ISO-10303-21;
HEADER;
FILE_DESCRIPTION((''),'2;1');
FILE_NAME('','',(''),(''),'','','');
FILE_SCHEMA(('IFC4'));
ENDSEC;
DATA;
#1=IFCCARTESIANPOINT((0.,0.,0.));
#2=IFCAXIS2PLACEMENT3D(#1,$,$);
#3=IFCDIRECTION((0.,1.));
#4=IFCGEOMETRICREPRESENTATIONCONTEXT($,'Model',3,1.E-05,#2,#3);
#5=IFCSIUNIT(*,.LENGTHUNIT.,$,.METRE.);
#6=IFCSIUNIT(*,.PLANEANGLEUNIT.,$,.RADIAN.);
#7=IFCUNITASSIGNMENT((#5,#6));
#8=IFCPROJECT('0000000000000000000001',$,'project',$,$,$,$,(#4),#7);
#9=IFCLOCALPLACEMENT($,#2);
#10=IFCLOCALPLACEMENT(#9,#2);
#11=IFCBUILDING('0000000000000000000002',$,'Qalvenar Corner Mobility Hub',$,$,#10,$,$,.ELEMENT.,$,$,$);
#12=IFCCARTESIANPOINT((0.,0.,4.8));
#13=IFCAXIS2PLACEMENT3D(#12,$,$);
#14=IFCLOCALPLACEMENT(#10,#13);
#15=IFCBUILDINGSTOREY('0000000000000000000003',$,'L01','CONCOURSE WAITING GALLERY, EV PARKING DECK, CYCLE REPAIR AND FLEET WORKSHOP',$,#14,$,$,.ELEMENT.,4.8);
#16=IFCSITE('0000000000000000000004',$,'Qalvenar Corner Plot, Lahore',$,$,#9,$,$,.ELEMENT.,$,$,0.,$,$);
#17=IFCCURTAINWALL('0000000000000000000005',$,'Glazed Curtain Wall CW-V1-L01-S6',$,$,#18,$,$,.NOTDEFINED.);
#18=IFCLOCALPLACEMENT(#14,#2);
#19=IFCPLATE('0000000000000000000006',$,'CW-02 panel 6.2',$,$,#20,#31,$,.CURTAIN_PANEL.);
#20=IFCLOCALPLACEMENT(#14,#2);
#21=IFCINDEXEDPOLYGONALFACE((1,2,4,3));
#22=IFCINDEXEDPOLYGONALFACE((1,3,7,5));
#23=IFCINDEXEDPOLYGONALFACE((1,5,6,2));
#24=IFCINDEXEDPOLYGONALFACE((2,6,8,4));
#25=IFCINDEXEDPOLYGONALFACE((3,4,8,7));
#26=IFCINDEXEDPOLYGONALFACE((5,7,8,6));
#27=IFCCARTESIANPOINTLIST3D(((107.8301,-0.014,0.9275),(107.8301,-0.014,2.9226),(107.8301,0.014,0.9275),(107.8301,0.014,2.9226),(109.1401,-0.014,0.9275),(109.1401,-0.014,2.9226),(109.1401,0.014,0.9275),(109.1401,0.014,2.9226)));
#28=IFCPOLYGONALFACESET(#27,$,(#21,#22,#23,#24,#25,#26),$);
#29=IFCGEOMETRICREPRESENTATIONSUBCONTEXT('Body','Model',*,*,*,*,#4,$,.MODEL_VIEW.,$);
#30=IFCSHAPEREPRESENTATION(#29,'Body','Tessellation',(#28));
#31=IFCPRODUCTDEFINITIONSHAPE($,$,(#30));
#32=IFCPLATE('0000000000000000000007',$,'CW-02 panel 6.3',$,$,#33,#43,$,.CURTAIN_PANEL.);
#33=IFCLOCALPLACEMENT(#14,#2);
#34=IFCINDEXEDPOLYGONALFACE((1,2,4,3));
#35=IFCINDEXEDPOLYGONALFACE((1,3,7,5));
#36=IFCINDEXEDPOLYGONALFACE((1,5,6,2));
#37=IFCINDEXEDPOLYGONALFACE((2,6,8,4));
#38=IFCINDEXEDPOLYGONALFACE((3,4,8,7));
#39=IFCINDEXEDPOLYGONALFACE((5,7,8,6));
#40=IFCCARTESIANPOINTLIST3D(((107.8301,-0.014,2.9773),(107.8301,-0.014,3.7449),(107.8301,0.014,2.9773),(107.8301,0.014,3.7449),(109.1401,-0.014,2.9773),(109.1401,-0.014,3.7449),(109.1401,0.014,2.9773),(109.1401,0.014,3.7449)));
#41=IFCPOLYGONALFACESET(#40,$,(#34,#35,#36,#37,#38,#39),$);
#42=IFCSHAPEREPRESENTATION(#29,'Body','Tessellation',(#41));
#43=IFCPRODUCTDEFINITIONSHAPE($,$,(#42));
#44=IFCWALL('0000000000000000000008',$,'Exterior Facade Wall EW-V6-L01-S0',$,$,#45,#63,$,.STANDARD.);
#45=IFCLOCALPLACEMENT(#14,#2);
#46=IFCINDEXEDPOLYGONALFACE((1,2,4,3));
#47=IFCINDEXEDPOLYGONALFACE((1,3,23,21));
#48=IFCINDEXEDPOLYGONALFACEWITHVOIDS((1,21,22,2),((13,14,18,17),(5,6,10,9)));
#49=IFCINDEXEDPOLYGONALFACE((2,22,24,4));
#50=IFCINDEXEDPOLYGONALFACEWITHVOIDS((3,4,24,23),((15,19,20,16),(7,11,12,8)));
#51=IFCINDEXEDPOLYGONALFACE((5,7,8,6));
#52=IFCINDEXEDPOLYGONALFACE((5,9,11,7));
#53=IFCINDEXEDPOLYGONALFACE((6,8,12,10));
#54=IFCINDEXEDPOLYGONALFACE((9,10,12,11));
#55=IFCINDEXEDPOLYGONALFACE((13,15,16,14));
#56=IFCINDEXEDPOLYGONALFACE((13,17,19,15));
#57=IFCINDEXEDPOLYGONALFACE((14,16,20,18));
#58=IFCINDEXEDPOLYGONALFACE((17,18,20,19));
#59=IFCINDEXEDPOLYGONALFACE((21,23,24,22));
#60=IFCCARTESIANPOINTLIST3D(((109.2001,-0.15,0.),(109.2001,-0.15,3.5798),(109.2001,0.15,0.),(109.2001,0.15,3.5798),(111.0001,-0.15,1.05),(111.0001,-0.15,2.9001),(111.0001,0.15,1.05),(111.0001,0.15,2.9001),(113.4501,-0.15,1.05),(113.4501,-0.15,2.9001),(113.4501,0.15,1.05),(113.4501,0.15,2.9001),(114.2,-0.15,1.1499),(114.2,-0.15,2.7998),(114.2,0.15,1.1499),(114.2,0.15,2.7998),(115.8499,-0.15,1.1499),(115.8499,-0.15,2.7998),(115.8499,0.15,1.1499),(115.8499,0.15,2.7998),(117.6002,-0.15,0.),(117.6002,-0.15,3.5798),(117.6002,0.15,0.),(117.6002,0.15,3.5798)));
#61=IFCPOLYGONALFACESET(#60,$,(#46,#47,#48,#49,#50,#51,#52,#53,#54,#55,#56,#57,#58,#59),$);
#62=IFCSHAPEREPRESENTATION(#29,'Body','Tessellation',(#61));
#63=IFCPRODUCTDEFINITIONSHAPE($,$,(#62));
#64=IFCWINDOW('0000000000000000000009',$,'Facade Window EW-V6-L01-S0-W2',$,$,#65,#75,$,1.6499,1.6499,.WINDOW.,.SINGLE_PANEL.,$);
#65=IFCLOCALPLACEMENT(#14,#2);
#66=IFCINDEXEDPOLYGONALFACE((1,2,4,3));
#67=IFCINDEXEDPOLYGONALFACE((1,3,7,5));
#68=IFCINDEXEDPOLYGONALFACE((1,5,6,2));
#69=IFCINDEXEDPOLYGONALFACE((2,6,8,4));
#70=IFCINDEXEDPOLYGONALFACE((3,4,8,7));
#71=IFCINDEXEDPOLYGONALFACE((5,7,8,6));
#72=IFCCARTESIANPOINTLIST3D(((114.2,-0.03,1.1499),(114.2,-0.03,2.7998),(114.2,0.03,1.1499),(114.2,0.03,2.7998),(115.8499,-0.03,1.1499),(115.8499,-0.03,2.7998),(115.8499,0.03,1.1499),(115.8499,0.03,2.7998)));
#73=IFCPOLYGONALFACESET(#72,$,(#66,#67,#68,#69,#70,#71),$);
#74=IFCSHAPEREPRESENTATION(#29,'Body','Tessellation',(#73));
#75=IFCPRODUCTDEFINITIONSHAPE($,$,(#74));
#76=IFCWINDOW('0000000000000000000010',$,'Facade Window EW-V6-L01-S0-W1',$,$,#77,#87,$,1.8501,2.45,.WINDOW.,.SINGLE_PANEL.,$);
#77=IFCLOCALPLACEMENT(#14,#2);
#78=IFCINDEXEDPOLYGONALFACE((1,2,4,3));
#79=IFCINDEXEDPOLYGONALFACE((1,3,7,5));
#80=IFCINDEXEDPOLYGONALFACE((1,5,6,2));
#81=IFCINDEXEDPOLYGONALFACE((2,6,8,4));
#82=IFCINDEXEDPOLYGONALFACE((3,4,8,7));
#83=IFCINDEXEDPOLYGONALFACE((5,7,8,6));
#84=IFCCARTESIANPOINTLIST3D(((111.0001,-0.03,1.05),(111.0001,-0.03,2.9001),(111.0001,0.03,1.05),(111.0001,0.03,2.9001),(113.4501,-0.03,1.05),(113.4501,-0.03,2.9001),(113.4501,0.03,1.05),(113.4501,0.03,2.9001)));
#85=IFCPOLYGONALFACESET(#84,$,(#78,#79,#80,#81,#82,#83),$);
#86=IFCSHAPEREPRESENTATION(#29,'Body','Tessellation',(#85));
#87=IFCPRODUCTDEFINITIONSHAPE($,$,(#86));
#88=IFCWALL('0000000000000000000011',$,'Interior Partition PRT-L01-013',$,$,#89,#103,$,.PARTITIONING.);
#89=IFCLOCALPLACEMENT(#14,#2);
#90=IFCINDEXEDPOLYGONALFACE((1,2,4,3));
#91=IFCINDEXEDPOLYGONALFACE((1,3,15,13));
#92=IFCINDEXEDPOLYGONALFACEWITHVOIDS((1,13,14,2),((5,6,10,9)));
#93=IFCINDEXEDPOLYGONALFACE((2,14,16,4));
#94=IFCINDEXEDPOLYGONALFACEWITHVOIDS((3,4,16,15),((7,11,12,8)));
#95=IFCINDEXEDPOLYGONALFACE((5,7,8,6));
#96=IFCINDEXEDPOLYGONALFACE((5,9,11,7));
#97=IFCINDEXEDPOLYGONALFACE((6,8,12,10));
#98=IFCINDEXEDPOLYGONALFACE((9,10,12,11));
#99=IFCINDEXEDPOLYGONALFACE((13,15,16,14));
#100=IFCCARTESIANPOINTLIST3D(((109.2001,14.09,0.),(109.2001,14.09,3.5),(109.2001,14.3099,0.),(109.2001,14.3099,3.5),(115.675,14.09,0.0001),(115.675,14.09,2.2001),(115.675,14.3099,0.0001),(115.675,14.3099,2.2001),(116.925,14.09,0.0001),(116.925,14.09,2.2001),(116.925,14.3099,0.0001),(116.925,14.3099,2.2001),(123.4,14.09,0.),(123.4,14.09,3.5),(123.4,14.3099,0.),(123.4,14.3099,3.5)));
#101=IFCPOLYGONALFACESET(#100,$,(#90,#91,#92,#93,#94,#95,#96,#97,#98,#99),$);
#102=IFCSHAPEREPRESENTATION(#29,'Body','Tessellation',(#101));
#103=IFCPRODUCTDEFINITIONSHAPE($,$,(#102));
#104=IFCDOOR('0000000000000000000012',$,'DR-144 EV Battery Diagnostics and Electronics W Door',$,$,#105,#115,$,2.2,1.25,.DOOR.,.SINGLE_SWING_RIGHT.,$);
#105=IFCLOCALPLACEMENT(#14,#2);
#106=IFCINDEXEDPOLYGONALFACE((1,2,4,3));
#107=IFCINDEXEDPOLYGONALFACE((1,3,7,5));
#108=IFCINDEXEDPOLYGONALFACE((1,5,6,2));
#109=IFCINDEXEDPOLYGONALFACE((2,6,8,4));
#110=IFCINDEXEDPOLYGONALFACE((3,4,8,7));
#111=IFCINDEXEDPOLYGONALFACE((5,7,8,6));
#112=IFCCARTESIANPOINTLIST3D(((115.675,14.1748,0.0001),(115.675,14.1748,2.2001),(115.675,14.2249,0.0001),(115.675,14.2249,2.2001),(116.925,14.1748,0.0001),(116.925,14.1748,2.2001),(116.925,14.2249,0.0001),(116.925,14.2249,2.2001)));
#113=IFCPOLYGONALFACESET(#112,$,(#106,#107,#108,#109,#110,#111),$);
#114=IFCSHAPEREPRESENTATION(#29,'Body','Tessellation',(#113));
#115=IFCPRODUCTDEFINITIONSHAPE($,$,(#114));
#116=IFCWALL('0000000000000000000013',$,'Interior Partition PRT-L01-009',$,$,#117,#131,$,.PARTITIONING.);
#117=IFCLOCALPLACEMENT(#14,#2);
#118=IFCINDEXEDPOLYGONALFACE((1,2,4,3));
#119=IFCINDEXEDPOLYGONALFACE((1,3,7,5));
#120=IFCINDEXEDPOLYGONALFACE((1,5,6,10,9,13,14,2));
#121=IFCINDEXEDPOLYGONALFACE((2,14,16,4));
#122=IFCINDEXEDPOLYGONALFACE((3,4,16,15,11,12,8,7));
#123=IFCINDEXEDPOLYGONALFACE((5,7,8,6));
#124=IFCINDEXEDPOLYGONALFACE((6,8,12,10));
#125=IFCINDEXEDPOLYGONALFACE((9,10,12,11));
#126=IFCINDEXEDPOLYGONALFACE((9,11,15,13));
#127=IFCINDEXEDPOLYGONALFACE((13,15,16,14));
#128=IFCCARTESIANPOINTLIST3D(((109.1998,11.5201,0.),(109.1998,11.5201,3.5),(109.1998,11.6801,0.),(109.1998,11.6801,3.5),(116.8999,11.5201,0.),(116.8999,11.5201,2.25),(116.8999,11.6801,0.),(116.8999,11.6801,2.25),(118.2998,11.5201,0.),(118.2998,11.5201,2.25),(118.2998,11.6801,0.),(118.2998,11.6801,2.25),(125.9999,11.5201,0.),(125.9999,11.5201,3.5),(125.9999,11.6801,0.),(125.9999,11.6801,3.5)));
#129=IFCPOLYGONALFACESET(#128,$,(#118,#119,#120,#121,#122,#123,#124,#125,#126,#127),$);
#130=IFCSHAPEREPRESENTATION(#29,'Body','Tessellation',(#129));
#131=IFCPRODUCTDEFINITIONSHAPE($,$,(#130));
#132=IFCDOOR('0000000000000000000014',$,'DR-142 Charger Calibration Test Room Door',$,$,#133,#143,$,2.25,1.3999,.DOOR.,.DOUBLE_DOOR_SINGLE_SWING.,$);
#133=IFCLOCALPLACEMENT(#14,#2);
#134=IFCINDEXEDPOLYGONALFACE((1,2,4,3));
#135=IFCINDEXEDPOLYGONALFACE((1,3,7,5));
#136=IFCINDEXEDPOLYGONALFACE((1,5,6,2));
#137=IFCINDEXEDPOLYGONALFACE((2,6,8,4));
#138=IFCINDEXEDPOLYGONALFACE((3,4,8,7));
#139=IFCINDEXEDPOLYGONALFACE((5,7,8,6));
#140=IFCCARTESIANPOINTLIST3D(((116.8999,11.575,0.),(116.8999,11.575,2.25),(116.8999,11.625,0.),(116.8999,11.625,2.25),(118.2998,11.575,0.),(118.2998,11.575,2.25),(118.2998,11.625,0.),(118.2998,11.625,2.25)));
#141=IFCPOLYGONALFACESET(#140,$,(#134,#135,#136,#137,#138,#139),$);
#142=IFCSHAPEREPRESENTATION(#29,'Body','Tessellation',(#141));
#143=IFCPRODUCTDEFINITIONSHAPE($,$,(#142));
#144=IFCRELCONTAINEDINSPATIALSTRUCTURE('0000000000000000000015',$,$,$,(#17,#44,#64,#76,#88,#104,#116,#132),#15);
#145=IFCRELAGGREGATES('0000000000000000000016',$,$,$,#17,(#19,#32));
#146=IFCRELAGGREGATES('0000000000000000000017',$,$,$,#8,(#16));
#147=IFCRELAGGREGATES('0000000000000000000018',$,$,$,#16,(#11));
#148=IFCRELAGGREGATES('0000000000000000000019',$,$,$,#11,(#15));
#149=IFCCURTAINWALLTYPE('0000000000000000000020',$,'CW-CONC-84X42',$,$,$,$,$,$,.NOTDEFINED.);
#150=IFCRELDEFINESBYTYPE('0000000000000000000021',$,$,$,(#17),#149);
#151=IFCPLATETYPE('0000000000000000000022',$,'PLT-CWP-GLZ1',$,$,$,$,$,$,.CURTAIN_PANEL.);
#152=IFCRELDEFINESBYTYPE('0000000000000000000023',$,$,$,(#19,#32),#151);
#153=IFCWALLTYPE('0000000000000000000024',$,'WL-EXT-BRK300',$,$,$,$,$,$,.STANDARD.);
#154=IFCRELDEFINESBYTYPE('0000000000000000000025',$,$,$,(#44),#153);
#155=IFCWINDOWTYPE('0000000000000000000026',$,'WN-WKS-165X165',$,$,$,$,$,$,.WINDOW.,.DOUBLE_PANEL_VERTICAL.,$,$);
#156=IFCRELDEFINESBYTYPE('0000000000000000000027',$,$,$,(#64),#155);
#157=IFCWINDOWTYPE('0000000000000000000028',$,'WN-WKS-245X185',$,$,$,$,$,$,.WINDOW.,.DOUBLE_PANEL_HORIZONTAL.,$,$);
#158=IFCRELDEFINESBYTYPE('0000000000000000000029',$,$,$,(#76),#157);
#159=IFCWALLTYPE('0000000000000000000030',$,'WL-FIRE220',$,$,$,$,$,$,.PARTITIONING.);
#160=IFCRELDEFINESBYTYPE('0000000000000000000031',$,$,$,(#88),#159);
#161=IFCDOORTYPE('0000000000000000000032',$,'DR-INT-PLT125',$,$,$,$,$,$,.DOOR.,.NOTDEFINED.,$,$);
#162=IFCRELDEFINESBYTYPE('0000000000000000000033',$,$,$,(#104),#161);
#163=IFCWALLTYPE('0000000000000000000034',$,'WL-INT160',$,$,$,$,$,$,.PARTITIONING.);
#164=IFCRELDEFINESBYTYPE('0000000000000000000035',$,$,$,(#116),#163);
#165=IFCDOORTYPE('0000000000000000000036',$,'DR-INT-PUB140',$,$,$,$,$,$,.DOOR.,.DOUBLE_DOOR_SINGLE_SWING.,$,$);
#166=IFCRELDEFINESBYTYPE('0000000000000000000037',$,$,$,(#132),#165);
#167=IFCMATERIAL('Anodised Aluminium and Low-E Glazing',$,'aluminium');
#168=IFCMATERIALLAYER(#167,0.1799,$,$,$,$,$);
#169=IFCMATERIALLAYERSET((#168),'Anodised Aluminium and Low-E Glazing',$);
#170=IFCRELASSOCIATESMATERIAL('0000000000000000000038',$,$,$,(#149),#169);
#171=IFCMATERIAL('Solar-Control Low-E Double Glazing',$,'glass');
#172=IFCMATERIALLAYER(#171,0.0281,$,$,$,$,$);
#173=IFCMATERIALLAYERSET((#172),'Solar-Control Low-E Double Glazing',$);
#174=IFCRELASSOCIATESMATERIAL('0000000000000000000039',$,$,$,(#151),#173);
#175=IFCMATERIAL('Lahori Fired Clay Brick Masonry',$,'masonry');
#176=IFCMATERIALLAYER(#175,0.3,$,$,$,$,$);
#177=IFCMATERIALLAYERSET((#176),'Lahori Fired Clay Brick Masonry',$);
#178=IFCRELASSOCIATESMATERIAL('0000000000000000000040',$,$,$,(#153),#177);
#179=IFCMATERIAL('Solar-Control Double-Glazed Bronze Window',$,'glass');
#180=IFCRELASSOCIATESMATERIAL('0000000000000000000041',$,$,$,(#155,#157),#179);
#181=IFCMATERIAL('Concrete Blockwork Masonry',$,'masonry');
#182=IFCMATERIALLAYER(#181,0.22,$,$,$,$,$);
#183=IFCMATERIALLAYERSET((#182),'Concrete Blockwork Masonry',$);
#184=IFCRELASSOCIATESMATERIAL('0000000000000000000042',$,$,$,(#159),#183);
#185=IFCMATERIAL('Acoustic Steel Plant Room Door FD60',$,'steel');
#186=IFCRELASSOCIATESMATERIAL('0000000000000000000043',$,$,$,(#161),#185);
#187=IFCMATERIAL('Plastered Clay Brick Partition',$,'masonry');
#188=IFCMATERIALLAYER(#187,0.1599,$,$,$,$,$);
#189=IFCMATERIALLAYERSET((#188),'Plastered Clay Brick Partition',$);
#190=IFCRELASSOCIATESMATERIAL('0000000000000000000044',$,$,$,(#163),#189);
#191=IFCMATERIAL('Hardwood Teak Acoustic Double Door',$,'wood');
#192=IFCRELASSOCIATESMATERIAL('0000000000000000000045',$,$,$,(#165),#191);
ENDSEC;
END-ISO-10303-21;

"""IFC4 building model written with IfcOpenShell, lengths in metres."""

from ifc_helpers import new_model, si_unit, direction, frame, frame_2d, origin, origin_2d, place, context, subcontext, project, spatial, rectangle, extrude, material, layer, layer_set, type_object, element, fill, aggregate, save


model = new_model("IFC4")

# Units and contexts
model_context = context("Model", 3, precision=1e-05, world=origin(), true_north=direction((0.0, 1.0)))
body_context = subcontext(model_context, "Body", "Model", "MODEL_VIEW")
ifc_project = project(units=[si_unit("LENGTHUNIT", "METRE"), si_unit("PLANEANGLEUNIT", "RADIAN")], contexts=[model_context])

# Site, building, storey
site_placement = place(None, origin())
site = spatial("IfcSite", under=ifc_project, at=site_placement, Name="Qalvenar Corner Plot, Lahore", CompositionType="ELEMENT", RefElevation=0.0)
building_placement = place(site_placement, origin())
building = spatial("IfcBuilding", under=site, at=building_placement, Name="Qalvenar Corner Mobility Hub", CompositionType="ELEMENT")
storey_placement = place(building_placement, frame((0.0, 0.0, 4.8)))
storey = spatial("IfcBuildingStorey", under=building, at=storey_placement, Name="L01", Description="CONCOURSE WAITING GALLERY, EV PARKING DECK, CYCLE REPAIR AND FLEET WORKSHOP", CompositionType="ELEMENT", Elevation=4.8)

# Curtain wall, plates
ifc_material_1 = material(Name="Anodised Aluminium and Low-E Glazing", Category="aluminium")
ifc_layer_1 = layer(ifc_material_1, 0.1799)
ifc_layer_set_1 = layer_set([ifc_layer_1], Name="Anodised Aluminium and Low-E Glazing")
curtain_wall_type = type_object("IfcCurtainWallType", Name="CW-CONC-84X42", PredefinedType="NOTDEFINED", material=ifc_layer_set_1)
curtain_wall_placement = place(storey_placement, origin())
curtain_wall = element("IfcCurtainWall", 1, at=curtain_wall_placement, inside=storey, type_object=curtain_wall_type, Name="Glazed Curtain Wall CW-V1-L01-S6", PredefinedType="NOTDEFINED")
ifc_material_2 = material(Name="Solar-Control Low-E Double Glazing", Category="glass")
ifc_layer_2 = layer(ifc_material_2, 0.0281)
ifc_layer_set_2 = layer_set([ifc_layer_2], Name="Solar-Control Low-E Double Glazing")
plate_type = type_object("IfcPlateType", Name="PLT-CWP-GLZ1", PredefinedType="CURTAIN_PANEL", material=ifc_layer_set_2)
plate_1_placement = place(storey_placement, frame((108.4851, 0.0, 0.9275), z_axis=(0.0, 0.0, 1.0), x_axis=(1.0, 0.0, 0.0)))
plate_1 = element("IfcPlate", 2, at=plate_1_placement, type_object=plate_type, Name="CW-02 panel 6.2", PredefinedType="CURTAIN_PANEL", context=body_context, shape_type="SweptSolid", body=[
    extrude(rectangle(XDim=1.3101, YDim=0.0281, at=origin_2d()), origin(), (0.0, 0.0, 1.0), 1.9951),
])
plate_2_placement = place(storey_placement, frame((108.4851, 0.0, 2.9773), z_axis=(0.0, 0.0, 1.0), x_axis=(1.0, 0.0, 0.0)))
plate_2 = element("IfcPlate", 3, at=plate_2_placement, type_object=plate_type, Name="CW-02 panel 6.3", PredefinedType="CURTAIN_PANEL", context=body_context, shape_type="SweptSolid", body=[
    extrude(rectangle(XDim=1.3101, YDim=0.0281, at=origin_2d()), origin(), (0.0, 0.0, 1.0), 0.7676),
])
aggregate(curtain_wall, [plate_1, plate_2])

# Wall, openings, windows
ifc_material_3 = material(Name="Lahori Fired Clay Brick Masonry", Category="masonry")
ifc_layer_3 = layer(ifc_material_3, 0.3)
ifc_layer_set_3 = layer_set([ifc_layer_3], Name="Lahori Fired Clay Brick Masonry")
wall_type_1 = type_object("IfcWallType", Name="WL-EXT-BRK300", PredefinedType="STANDARD", material=ifc_layer_set_3)
wall_1_placement = place(storey_placement, frame((109.2, 0.0, 0.0), z_axis=(0.0, 0.0, 1.0), x_axis=(1.0, 0.0, 0.0)))
wall_1 = element("IfcWall", 4, at=wall_1_placement, inside=storey, type_object=wall_type_1, Name="Exterior Facade Wall EW-V6-L01-S0", PredefinedType="STANDARD", context=body_context, shape_type="SweptSolid", body=[
    extrude(rectangle(XDim=8.4001, YDim=0.3, at=frame_2d((4.2002, 0.0))), origin(), (0.0, 0.0, 1.0), 3.5798),
])
opening_1_placement = place(wall_1_placement, frame((1.8, 0.0, 1.05)))
opening_1 = element("IfcOpeningElement", 5, at=opening_1_placement, cuts=wall_1, PredefinedType="OPENING", context=body_context, shape_type="SweptSolid", body=[
    extrude(rectangle(XDim=2.45, YDim=1.8501, at=frame_2d((1.2251, 0.925))), frame((0.0, 0.1602, 0.0), z_axis=(0.0, -1.0, 0.0), x_axis=(1.0, 0.0, 0.0)), (0.0, 0.0, 1.0), 0.3201),
])
opening_2_placement = place(wall_1_placement, frame((5.0, 0.0, 1.1499)))
opening_2 = element("IfcOpeningElement", 6, at=opening_2_placement, cuts=wall_1, PredefinedType="OPENING", context=body_context, shape_type="SweptSolid", body=[
    extrude(rectangle(XDim=1.6499, YDim=1.6499, at=frame_2d((0.825, 0.825))), frame((0.0, 0.1602, 0.0), z_axis=(0.0, -1.0, 0.0), x_axis=(1.0, 0.0, 0.0)), (0.0, 0.0, 1.0), 0.3201),
])
ifc_material_4 = material(Name="Solar-Control Double-Glazed Bronze Window", Category="glass")
window_type_1 = type_object("IfcWindowType", Name="WN-WKS-165X165", PartitioningType="DOUBLE_PANEL_VERTICAL", PredefinedType="WINDOW", material=ifc_material_4)
window_1_placement = place(opening_2_placement, origin())
window_1 = element("IfcWindow", 7, at=window_1_placement, inside=storey, type_object=window_type_1, Name="Facade Window EW-V6-L01-S0-W2", OverallHeight=1.6499, OverallWidth=1.6499, PartitioningType="SINGLE_PANEL", PredefinedType="WINDOW", context=body_context, shape_type="SweptSolid", body=[
    extrude(rectangle(XDim=1.6499, YDim=1.6499, at=frame_2d((0.825, 0.825))), frame((0.0, 0.03, 0.0), z_axis=(0.0, -1.0, 0.0), x_axis=(1.0, 0.0, 0.0)), (0.0, 0.0, 1.0), 0.0601),
])
fill(opening_2, window_1)
window_type_2 = type_object("IfcWindowType", Name="WN-WKS-245X185", PartitioningType="DOUBLE_PANEL_HORIZONTAL", PredefinedType="WINDOW", material=ifc_material_4)
window_2_placement = place(opening_1_placement, origin())
window_2 = element("IfcWindow", 8, at=window_2_placement, inside=storey, type_object=window_type_2, Name="Facade Window EW-V6-L01-S0-W1", OverallHeight=1.8501, OverallWidth=2.45, PartitioningType="SINGLE_PANEL", PredefinedType="WINDOW", context=body_context, shape_type="SweptSolid", body=[
    extrude(rectangle(XDim=2.45, YDim=1.8501, at=frame_2d((1.2251, 0.925))), frame((0.0, 0.03, 0.0), z_axis=(0.0, -1.0, 0.0), x_axis=(1.0, 0.0, 0.0)), (0.0, 0.0, 1.0), 0.0601),
])
fill(opening_1, window_2)

# Walls, openings, doors
ifc_material_5 = material(Name="Concrete Blockwork Masonry", Category="masonry")
ifc_layer_4 = layer(ifc_material_5, 0.22)
ifc_layer_set_4 = layer_set([ifc_layer_4], Name="Concrete Blockwork Masonry")
wall_type_2 = type_object("IfcWallType", Name="WL-FIRE220", PredefinedType="PARTITIONING", material=ifc_layer_set_4)
wall_2_placement = place(storey_placement, frame((109.2, 14.2, 0.0), z_axis=(0.0, 0.0, 1.0), x_axis=(1.0, 0.0, 0.0)))
wall_2 = element("IfcWall", 9, at=wall_2_placement, inside=storey, type_object=wall_type_2, Name="Interior Partition PRT-L01-013", PredefinedType="PARTITIONING", context=body_context, shape_type="SweptSolid", body=[
    extrude(rectangle(XDim=14.2, YDim=0.22, at=frame_2d((7.1001, 0.0))), origin(), (0.0, 0.0, 1.0), 3.5),
])
opening_3_placement = place(wall_2_placement, frame((6.4751, 0.0, 0.0)))
opening_3 = element("IfcOpeningElement", 10, at=opening_3_placement, cuts=wall_2, PredefinedType="OPENING", context=body_context, shape_type="SweptSolid", body=[
    extrude(rectangle(XDim=1.25, YDim=2.2, at=frame_2d((0.625, 1.1001))), frame((0.0, 0.1201, 0.0), z_axis=(0.0, -1.0, 0.0), x_axis=(1.0, 0.0, 0.0)), (0.0, 0.0, 1.0), 0.24),
])
ifc_material_6 = material(Name="Acoustic Steel Plant Room Door FD60", Category="steel")
door_type_1 = type_object("IfcDoorType", Name="DR-INT-PLT125", OperationType="NOTDEFINED", PredefinedType="DOOR", material=ifc_material_6)
door_1_placement = place(opening_3_placement, origin())
door_1 = element("IfcDoor", 11, at=door_1_placement, inside=storey, type_object=door_type_1, Name="DR-144 EV Battery Diagnostics and Electronics W Door", OperationType="SINGLE_SWING_RIGHT", OverallHeight=2.2, OverallWidth=1.25, PredefinedType="DOOR", context=body_context, shape_type="SweptSolid", body=[
    extrude(rectangle(XDim=1.25, YDim=2.2, at=frame_2d((0.625, 1.1001))), frame((0.0, 0.0249, 0.0), z_axis=(0.0, -1.0, 0.0), x_axis=(1.0, 0.0, 0.0)), (0.0, 0.0, 1.0), 0.05),
])
fill(opening_3, door_1)
ifc_material_7 = material(Name="Plastered Clay Brick Partition", Category="masonry")
ifc_layer_5 = layer(ifc_material_7, 0.1599)
ifc_layer_set_5 = layer_set([ifc_layer_5], Name="Plastered Clay Brick Partition")
wall_type_3 = type_object("IfcWallType", Name="WL-INT160", PredefinedType="PARTITIONING", material=ifc_layer_set_5)
wall_3_placement = place(storey_placement, frame((109.2, 11.6001, 0.0), z_axis=(0.0, 0.0, 1.0), x_axis=(1.0, 0.0, 0.0)))
wall_3 = element("IfcWall", 12, at=wall_3_placement, inside=storey, type_object=wall_type_3, Name="Interior Partition PRT-L01-009", PredefinedType="PARTITIONING", context=body_context, shape_type="SweptSolid", body=[
    extrude(rectangle(XDim=16.8, YDim=0.1599, at=frame_2d((8.3999, 0.0))), origin(), (0.0, 0.0, 1.0), 3.5),
])
opening_4_placement = place(wall_3_placement, frame((7.7, 0.0, 0.0)))
opening_4 = element("IfcOpeningElement", 13, at=opening_4_placement, cuts=wall_3, PredefinedType="OPENING", context=body_context, shape_type="SweptSolid", body=[
    extrude(rectangle(XDim=1.3999, YDim=2.25, at=frame_2d((0.7, 1.125))), frame((0.0, 0.0898, 0.0), z_axis=(0.0, -1.0, 0.0), x_axis=(1.0, 0.0, 0.0)), (0.0, 0.0, 1.0), 0.1799),
])
ifc_material_8 = material(Name="Hardwood Teak Acoustic Double Door", Category="wood")
door_type_2 = type_object("IfcDoorType", Name="DR-INT-PUB140", OperationType="DOUBLE_DOOR_SINGLE_SWING", PredefinedType="DOOR", material=ifc_material_8)
door_2_placement = place(opening_4_placement, origin())
door_2 = element("IfcDoor", 14, at=door_2_placement, inside=storey, type_object=door_type_2, Name="DR-142 Charger Calibration Test Room Door", OperationType="DOUBLE_DOOR_SINGLE_SWING", OverallHeight=2.25, OverallWidth=1.3999, PredefinedType="DOOR", context=body_context, shape_type="SweptSolid", body=[
    extrude(rectangle(XDim=1.3999, YDim=2.25, at=frame_2d((0.7, 1.125))), frame((0.0, 0.0249, 0.0), z_axis=(0.0, -1.0, 0.0), x_axis=(1.0, 0.0, 0.0)), (0.0, 0.0, 1.0), 0.05),
])
fill(opening_4, door_2)

save(model, "model.ifc")
